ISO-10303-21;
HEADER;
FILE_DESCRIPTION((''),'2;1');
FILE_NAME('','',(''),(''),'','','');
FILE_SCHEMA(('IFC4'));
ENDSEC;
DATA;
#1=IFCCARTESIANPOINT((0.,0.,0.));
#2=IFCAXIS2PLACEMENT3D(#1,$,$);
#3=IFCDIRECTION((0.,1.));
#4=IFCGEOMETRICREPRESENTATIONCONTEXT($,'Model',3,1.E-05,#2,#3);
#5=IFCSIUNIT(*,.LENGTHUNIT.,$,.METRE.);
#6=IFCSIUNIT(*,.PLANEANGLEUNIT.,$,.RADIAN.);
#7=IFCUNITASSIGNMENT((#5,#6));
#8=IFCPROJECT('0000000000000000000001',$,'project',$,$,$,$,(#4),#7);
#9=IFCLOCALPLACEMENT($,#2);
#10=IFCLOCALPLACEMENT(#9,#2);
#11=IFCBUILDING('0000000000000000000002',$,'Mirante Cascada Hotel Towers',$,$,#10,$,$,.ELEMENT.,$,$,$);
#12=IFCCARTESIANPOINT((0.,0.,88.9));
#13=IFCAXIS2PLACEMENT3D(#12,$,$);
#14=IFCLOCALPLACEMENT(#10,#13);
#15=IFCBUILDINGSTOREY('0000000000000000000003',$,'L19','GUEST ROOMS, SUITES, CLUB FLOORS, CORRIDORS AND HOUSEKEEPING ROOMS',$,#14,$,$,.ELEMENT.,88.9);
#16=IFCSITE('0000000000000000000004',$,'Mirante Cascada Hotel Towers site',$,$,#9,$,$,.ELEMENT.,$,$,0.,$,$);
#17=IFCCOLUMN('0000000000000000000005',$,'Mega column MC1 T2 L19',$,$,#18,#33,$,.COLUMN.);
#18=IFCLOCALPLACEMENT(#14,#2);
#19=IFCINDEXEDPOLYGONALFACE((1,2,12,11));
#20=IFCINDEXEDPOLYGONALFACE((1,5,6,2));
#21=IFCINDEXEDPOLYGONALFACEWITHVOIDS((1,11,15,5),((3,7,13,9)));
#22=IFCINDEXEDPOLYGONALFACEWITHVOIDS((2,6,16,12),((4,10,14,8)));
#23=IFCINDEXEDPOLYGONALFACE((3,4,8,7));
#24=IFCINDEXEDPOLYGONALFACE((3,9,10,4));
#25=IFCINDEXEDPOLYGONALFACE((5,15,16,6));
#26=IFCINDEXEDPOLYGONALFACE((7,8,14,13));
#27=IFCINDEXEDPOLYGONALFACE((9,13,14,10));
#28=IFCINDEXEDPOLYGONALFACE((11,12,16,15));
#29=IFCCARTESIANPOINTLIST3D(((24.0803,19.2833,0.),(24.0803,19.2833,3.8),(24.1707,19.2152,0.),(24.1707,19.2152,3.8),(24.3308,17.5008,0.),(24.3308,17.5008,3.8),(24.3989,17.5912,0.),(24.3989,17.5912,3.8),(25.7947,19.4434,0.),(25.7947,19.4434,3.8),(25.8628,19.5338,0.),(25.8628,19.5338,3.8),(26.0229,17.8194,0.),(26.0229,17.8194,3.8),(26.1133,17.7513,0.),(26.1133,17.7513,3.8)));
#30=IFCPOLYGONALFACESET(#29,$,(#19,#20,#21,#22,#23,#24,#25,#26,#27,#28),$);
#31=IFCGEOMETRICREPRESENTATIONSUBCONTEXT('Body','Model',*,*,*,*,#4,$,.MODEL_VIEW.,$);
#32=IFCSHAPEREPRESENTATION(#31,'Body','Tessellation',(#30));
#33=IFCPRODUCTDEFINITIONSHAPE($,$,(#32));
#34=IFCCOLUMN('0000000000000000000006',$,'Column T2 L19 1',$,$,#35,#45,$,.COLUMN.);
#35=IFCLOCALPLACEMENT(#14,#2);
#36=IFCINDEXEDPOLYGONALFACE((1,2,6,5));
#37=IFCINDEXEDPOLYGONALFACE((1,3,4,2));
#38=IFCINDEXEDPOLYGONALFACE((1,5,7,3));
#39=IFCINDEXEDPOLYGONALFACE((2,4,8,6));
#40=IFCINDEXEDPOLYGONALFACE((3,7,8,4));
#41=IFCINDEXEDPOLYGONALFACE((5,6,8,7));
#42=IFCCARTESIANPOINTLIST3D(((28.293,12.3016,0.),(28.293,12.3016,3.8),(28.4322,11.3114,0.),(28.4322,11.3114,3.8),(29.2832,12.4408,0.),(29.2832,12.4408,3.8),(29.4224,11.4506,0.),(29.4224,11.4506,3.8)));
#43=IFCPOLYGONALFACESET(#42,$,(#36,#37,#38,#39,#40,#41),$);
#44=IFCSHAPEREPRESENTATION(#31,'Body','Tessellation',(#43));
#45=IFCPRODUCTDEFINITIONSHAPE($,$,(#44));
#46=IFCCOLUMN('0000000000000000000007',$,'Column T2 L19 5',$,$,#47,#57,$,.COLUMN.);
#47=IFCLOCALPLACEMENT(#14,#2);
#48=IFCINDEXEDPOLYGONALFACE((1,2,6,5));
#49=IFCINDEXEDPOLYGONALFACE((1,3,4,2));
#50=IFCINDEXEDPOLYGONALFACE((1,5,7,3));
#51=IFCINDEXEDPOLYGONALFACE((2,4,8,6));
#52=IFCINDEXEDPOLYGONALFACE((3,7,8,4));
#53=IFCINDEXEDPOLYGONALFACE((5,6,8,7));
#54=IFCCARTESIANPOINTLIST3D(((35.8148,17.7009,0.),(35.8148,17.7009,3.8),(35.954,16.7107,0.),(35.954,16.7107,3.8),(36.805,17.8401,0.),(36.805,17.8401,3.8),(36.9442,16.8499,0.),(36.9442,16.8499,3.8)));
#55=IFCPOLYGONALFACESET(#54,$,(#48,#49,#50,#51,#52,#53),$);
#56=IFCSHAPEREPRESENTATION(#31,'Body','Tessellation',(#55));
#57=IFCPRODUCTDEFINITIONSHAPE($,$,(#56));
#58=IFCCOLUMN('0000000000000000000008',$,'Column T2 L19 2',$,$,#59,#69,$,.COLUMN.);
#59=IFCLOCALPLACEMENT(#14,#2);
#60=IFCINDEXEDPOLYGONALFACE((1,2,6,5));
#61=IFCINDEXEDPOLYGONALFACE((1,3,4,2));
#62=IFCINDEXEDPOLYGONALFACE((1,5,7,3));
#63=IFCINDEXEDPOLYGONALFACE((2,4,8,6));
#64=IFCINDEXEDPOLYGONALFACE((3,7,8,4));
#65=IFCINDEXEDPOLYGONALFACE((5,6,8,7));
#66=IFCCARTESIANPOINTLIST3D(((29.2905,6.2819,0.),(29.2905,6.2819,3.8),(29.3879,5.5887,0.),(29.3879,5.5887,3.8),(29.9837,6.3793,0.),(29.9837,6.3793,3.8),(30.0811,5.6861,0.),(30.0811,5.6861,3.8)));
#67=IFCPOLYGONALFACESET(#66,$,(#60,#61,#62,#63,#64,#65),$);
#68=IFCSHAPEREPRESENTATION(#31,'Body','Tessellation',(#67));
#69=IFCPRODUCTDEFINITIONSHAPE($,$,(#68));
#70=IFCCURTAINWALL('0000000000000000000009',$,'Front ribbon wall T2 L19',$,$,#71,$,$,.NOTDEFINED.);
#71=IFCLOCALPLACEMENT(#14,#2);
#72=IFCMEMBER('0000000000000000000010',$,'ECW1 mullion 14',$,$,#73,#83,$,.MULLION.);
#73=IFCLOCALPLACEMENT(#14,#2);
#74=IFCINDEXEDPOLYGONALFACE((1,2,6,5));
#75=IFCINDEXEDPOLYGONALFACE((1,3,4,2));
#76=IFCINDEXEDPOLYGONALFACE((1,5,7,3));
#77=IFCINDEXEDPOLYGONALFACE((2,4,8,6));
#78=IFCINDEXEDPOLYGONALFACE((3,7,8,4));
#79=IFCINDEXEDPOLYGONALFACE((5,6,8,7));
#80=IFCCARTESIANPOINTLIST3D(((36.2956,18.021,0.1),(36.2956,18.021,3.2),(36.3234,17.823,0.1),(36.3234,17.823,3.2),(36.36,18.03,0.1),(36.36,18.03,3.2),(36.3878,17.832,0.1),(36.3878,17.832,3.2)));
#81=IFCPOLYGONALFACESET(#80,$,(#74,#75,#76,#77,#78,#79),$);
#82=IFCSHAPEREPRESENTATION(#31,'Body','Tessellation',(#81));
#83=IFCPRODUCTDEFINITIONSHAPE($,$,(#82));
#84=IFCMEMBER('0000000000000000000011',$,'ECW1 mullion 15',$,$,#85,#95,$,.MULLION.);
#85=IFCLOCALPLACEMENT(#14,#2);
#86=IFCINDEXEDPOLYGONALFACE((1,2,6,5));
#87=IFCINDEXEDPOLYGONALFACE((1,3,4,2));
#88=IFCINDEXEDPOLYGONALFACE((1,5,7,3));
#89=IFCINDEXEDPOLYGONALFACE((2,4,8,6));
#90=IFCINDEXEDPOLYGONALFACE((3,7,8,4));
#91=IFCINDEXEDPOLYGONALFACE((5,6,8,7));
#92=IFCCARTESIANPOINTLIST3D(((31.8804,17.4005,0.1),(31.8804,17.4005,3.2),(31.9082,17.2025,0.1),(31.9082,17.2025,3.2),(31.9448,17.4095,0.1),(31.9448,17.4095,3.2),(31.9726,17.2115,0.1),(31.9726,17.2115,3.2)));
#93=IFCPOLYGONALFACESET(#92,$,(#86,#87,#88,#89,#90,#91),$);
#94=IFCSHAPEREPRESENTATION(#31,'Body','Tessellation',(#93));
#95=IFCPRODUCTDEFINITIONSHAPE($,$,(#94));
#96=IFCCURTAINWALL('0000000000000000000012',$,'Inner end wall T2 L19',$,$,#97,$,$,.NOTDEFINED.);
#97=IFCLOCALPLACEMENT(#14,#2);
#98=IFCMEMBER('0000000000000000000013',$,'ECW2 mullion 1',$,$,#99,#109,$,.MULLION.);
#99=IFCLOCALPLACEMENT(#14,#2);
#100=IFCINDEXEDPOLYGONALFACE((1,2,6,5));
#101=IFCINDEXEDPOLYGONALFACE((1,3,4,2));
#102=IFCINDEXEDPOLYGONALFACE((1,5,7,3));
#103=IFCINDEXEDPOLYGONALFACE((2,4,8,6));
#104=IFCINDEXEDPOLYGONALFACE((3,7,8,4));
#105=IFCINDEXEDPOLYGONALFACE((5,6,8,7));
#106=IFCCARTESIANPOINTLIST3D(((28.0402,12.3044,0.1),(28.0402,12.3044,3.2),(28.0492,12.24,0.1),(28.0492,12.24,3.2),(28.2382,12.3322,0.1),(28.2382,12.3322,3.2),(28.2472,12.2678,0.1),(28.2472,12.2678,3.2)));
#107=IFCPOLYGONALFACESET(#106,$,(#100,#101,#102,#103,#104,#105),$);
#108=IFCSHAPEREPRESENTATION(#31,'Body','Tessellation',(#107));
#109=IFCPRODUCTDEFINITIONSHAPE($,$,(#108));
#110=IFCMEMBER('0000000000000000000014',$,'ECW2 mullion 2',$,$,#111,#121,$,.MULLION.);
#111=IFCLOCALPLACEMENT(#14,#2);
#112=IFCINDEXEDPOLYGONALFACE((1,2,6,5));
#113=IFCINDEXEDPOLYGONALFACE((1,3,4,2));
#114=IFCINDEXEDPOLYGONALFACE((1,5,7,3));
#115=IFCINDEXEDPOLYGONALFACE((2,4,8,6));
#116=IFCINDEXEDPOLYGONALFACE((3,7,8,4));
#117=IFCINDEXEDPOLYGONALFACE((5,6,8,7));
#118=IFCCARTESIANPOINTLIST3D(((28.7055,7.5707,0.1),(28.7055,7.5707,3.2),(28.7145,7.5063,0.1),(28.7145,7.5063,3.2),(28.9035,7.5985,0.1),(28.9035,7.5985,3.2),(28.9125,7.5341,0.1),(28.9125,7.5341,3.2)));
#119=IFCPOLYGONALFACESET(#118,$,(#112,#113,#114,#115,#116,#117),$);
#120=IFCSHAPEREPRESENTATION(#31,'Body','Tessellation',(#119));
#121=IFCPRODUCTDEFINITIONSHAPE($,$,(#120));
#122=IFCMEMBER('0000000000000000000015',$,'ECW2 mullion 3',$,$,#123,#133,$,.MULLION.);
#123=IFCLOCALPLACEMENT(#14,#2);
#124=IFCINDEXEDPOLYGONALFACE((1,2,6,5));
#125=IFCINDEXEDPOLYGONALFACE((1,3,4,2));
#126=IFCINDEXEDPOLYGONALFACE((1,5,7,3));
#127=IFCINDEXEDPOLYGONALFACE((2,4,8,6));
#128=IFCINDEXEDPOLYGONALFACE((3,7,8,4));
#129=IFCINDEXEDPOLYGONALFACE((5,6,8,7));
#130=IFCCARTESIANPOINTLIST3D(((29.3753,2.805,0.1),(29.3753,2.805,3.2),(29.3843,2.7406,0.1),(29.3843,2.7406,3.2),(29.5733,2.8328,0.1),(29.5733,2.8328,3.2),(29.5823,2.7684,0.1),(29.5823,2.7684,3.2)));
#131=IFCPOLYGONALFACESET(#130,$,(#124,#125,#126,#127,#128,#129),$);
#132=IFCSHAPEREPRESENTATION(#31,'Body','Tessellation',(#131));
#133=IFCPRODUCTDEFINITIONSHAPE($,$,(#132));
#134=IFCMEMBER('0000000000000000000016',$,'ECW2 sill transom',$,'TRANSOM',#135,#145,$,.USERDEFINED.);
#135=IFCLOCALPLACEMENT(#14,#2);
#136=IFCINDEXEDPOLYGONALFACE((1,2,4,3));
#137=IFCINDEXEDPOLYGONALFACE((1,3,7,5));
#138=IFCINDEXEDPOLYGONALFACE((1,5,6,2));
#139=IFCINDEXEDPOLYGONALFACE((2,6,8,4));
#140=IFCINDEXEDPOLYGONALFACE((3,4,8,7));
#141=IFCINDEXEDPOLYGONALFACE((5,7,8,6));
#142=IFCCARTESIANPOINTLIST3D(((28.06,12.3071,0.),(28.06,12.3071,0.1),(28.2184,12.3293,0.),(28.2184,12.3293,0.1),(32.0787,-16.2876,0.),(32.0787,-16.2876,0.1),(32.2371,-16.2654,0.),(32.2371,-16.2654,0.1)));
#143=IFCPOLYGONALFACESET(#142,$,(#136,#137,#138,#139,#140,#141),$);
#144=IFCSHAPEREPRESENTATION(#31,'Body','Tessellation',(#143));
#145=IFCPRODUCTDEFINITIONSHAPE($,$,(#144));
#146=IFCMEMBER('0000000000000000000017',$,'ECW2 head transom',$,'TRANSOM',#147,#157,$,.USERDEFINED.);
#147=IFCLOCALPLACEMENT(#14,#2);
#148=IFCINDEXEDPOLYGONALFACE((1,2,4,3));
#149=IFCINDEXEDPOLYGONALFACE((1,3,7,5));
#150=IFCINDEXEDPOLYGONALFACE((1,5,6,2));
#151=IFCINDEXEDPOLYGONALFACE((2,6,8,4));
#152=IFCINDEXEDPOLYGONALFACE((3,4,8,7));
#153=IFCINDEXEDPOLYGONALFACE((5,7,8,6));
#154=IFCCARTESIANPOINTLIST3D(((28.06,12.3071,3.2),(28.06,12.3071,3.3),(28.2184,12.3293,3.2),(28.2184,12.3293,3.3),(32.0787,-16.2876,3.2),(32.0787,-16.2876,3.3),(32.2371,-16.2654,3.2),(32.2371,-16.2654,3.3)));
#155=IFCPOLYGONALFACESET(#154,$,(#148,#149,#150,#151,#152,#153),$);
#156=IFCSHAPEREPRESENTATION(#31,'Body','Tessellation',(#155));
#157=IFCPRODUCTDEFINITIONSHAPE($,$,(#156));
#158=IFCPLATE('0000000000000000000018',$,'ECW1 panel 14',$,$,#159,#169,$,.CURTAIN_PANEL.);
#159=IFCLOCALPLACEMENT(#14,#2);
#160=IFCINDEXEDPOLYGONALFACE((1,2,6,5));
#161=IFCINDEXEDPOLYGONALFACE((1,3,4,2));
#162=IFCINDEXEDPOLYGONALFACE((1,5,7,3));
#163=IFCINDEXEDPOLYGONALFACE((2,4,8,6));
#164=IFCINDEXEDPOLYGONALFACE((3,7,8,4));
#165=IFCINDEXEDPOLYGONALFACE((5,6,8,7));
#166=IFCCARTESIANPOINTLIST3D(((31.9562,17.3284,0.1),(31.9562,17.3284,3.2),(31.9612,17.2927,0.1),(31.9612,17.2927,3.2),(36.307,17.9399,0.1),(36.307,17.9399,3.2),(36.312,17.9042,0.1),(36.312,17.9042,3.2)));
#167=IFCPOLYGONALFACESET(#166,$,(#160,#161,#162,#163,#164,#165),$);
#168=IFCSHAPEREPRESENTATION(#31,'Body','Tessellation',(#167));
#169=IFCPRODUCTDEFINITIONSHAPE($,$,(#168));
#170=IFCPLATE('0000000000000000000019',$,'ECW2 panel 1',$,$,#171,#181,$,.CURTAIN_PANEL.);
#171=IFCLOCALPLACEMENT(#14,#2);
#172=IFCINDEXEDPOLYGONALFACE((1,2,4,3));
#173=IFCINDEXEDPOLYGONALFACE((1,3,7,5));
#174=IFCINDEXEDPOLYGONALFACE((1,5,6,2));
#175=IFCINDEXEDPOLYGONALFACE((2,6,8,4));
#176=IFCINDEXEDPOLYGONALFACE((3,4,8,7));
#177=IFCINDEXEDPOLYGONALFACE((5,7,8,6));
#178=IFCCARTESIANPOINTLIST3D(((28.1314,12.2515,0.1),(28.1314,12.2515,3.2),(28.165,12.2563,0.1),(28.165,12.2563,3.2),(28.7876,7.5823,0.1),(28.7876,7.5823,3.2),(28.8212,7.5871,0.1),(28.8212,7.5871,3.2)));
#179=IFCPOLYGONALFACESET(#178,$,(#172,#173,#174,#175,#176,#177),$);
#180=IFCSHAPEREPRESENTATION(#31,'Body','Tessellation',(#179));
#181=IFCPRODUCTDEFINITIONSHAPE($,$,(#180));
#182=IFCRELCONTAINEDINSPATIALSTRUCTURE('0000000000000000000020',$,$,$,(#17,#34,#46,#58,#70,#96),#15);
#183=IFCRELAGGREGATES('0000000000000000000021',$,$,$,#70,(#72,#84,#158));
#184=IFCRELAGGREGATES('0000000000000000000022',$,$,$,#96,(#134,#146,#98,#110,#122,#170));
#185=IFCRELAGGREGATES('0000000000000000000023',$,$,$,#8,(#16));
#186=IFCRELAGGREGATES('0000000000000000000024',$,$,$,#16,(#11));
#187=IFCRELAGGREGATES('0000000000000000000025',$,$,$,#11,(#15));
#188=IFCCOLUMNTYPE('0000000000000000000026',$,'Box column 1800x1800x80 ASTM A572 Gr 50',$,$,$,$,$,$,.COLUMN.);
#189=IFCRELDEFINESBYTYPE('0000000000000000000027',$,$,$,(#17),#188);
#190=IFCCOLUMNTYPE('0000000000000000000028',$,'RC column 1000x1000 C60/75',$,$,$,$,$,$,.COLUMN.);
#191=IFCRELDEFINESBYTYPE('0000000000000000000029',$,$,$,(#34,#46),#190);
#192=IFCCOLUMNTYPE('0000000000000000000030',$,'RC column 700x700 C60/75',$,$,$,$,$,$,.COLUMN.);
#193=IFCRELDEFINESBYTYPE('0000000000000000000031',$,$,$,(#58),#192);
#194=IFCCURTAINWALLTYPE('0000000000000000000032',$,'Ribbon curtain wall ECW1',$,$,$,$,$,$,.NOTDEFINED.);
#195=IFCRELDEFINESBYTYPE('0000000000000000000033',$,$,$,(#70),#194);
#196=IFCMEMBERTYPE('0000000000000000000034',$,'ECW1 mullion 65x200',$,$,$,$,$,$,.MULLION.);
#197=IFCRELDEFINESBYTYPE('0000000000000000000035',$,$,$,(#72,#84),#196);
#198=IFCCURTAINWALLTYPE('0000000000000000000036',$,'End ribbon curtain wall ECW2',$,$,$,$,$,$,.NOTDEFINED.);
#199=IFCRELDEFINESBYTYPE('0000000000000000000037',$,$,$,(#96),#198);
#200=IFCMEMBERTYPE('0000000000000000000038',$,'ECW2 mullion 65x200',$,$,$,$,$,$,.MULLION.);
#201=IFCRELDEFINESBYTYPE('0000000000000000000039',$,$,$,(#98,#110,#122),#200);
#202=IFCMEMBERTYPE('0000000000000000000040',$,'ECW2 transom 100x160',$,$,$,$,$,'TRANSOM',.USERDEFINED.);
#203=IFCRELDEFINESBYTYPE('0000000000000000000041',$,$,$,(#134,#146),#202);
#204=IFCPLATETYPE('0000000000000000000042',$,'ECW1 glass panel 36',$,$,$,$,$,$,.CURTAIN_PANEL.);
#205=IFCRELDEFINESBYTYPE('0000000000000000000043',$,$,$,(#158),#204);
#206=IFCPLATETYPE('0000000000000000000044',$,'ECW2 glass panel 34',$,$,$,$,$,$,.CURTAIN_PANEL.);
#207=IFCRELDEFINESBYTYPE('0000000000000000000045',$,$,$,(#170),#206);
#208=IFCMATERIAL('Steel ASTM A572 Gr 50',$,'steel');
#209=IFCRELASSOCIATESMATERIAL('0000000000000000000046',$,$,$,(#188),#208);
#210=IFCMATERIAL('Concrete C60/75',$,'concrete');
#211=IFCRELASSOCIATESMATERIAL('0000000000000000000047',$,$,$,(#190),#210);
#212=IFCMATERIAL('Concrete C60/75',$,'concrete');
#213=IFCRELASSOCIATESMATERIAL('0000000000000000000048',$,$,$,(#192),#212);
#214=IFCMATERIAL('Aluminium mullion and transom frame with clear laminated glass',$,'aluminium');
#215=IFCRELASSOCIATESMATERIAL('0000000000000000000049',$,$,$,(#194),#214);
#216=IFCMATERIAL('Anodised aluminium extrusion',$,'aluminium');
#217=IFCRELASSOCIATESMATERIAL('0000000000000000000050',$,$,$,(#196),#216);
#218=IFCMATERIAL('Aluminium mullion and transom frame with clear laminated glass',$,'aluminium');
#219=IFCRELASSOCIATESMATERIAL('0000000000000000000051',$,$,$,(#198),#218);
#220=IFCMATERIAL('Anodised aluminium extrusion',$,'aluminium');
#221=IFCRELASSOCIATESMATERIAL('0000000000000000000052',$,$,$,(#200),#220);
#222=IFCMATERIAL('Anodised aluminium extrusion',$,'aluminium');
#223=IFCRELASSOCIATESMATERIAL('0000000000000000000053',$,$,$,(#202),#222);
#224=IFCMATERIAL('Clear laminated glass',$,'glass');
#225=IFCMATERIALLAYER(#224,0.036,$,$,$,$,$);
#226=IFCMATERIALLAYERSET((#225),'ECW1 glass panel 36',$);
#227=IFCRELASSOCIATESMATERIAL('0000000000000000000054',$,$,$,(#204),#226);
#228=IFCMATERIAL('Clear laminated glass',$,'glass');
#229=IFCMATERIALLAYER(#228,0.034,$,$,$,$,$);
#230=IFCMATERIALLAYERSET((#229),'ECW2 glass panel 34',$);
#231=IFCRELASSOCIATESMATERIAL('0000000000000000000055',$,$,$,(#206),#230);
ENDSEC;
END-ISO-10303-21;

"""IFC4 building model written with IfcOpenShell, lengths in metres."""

from ifc_helpers import new_model, si_unit, direction, frame, origin, origin_2d, place, context, subcontext, project, spatial, rectangle, hollow_rectangle, extrude, material, layer, layer_set, material_profile, profile_set, type_object, element, aggregate, save


model = new_model("IFC4")

# Units and contexts
model_context = context("Model", 3, precision=1e-05, world=origin(), true_north=direction((0.0, 1.0)))
body_context = subcontext(model_context, "Body", "Model", "MODEL_VIEW")
ifc_project = project(units=[si_unit("LENGTHUNIT", "METRE"), si_unit("PLANEANGLEUNIT", "RADIAN")], contexts=[model_context])

# Site, building, storey
site_placement = place(None, origin())
site = spatial("IfcSite", under=ifc_project, at=site_placement, Name="Mirante Cascada Hotel Towers site", CompositionType="ELEMENT", RefElevation=0.0)
building_placement = place(site_placement, origin())
building = spatial("IfcBuilding", under=site, at=building_placement, Name="Mirante Cascada Hotel Towers", CompositionType="ELEMENT")
storey_placement = place(building_placement, frame((0.0, 0.0, 88.9)))
storey = spatial("IfcBuildingStorey", under=building, at=storey_placement, Name="L19", Description="GUEST ROOMS, SUITES, CLUB FLOORS, CORRIDORS AND HOUSEKEEPING ROOMS", CompositionType="ELEMENT", Elevation=88.9)

# Columns
ifc_material_1 = material(Name="Steel ASTM A572 Gr 50", Category="steel")
ifc_material_profile_1 = material_profile(ifc_material_1, hollow_rectangle(XDim=1.8, YDim=1.8, WallThickness=0.08, at=origin_2d()), Name="Box column 1800x1800x80 ASTM A572 Gr 50")
ifc_profile_set_1 = profile_set([ifc_material_profile_1], Name="Steel ASTM A572 Gr 50")
column_type_1 = type_object("IfcColumnType", Name="Box column 1800x1800x80 ASTM A572 Gr 50", PredefinedType="COLUMN", material=ifc_profile_set_1)
column_1_placement = place(storey_placement, frame((25.0968, 18.5173, 0.0), z_axis=(0.0, 0.0, 1.0), x_axis=(0.990268, 0.139173, 0.0)))
element("IfcColumn", 1, at=column_1_placement, inside=storey, type_object=column_type_1, Name="Mega column MC1 T2 L19", PredefinedType="COLUMN", context=body_context, shape_type="SweptSolid", body=[
    extrude(hollow_rectangle(XDim=1.8, YDim=1.8, WallThickness=0.08, at=origin_2d()), origin(), (0.0, 0.0, 1.0), 3.8),
])
ifc_material_2 = material(Name="Concrete C60/75", Category="concrete")
ifc_material_profile_2 = material_profile(ifc_material_2, rectangle(XDim=1.0, YDim=1.0, at=origin_2d()), Name="RC column 1000x1000 C60/75")
ifc_profile_set_2 = profile_set([ifc_material_profile_2], Name="Concrete C60/75")
column_type_2 = type_object("IfcColumnType", Name="RC column 1000x1000 C60/75", PredefinedType="COLUMN", material=ifc_profile_set_2)
for number, where, z_axis, x_axis, name in (
    (2, (28.8577, 11.8761, 0.0), (0.0, 0.0, 1.0), (0.990268, 0.139173, 0.0), "Column T2 L19 1"),
    (3, (36.3795, 17.2754, 0.0), (0.0, 0.0, 1.0), (0.990268, 0.139173, 0.0), "Column T2 L19 5"),
):
    element("IfcColumn", number, at=place(storey_placement, frame(where, z_axis=z_axis, x_axis=x_axis)), inside=storey, type_object=column_type_2, Name=name, PredefinedType="COLUMN", context=body_context, shape_type="SweptSolid", body=[
        extrude(rectangle(XDim=1.0, YDim=1.0, at=origin_2d()), origin(), (0.0, 0.0, 1.0), 3.8),
    ])
ifc_material_3 = material(Name="Concrete C60/75", Category="concrete")
ifc_material_profile_3 = material_profile(ifc_material_3, rectangle(XDim=0.7, YDim=0.7, at=origin_2d()), Name="RC column 700x700 C60/75")
ifc_profile_set_3 = profile_set([ifc_material_profile_3], Name="Concrete C60/75")
column_type_3 = type_object("IfcColumnType", Name="RC column 700x700 C60/75", PredefinedType="COLUMN", material=ifc_profile_set_3)
column_2_placement = place(storey_placement, frame((29.6858, 5.984, 0.0), z_axis=(0.0, 0.0, 1.0), x_axis=(0.990268, 0.139173, 0.0)))
element("IfcColumn", 4, at=column_2_placement, inside=storey, type_object=column_type_3, Name="Column T2 L19 2", PredefinedType="COLUMN", context=body_context, shape_type="SweptSolid", body=[
    extrude(rectangle(XDim=0.7, YDim=0.7, at=origin_2d()), origin(), (0.0, 0.0, 1.0), 3.8),
])

# Curtain walls, members
ifc_material_4 = material(Name="Aluminium mullion and transom frame with clear laminated glass", Category="aluminium")
curtain_wall_type_1 = type_object("IfcCurtainWallType", Name="Ribbon curtain wall ECW1", PredefinedType="NOTDEFINED", material=ifc_material_4)
curtain_wall_1_placement = place(storey_placement, origin())
curtain_wall_1 = element("IfcCurtainWall", 5, at=curtain_wall_1_placement, inside=storey, type_object=curtain_wall_type_1, Name="Front ribbon wall T2 L19", PredefinedType="NOTDEFINED")
ifc_material_5 = material(Name="Anodised aluminium extrusion", Category="aluminium")
ifc_material_profile_4 = material_profile(ifc_material_5, rectangle(XDim=0.2, YDim=0.065, at=origin_2d()), Name="ECW1 MULLION 65x200")
ifc_profile_set_4 = profile_set([ifc_material_profile_4], Name="Anodised aluminium extrusion")
member_type_1 = type_object("IfcMemberType", Name="ECW1 mullion 65x200", PredefinedType="MULLION", material=ifc_profile_set_4)
member_1_placement = place(storey_placement, frame((36.3417, 17.9265, 0.1), z_axis=(0.0, 0.0, 1.0), x_axis=(0.139173, -0.990268, 0.0)))
member_1 = element("IfcMember", 6, at=member_1_placement, type_object=member_type_1, Name="ECW1 mullion 14", PredefinedType="MULLION", context=body_context, shape_type="SweptSolid", body=[
    extrude(rectangle(XDim=0.2, YDim=0.065, at=origin_2d()), origin(), (0.0, 0.0, 1.0), 3.1),
])
member_2_placement = place(storey_placement, frame((31.9265, 17.306, 0.1), z_axis=(0.0, 0.0, 1.0), x_axis=(0.139173, -0.990268, 0.0)))
member_2 = element("IfcMember", 7, at=member_2_placement, type_object=member_type_1, Name="ECW1 mullion 15", PredefinedType="MULLION", context=body_context, shape_type="SweptSolid", body=[
    extrude(rectangle(XDim=0.2, YDim=0.065, at=origin_2d()), origin(), (0.0, 0.0, 1.0), 3.1),
])
ifc_material_6 = material(Name="Aluminium mullion and transom frame with clear laminated glass", Category="aluminium")
curtain_wall_type_2 = type_object("IfcCurtainWallType", Name="End ribbon curtain wall ECW2", PredefinedType="NOTDEFINED", material=ifc_material_6)
curtain_wall_2_placement = place(storey_placement, origin())
curtain_wall_2 = element("IfcCurtainWall", 8, at=curtain_wall_2_placement, inside=storey, type_object=curtain_wall_type_2, Name="Inner end wall T2 L19", PredefinedType="NOTDEFINED")
ifc_material_7 = material(Name="Anodised aluminium extrusion", Category="aluminium")
ifc_material_profile_5 = material_profile(ifc_material_7, rectangle(XDim=0.2, YDim=0.065, at=origin_2d()), Name="ECW2 MULLION 65x200")
ifc_profile_set_5 = profile_set([ifc_material_profile_5], Name="Anodised aluminium extrusion")
member_type_2 = type_object("IfcMemberType", Name="ECW2 mullion 65x200", PredefinedType="MULLION", material=ifc_profile_set_5)
member_3_placement = place(storey_placement, frame((28.1437, 12.2861, 0.1), z_axis=(0.0, 0.0, 1.0), x_axis=(0.990268, 0.139173, 0.0)))
member_3 = element("IfcMember", 9, at=member_3_placement, type_object=member_type_2, Name="ECW2 mullion 1", PredefinedType="MULLION", context=body_context, shape_type="SweptSolid", body=[
    extrude(rectangle(XDim=0.2, YDim=0.065, at=origin_2d()), origin(), (0.0, 0.0, 1.0), 3.1),
])
member_4_placement = place(storey_placement, frame((28.809, 7.5524, 0.1), z_axis=(0.0, 0.0, 1.0), x_axis=(0.990268, 0.139173, 0.0)))
member_4 = element("IfcMember", 10, at=member_4_placement, type_object=member_type_2, Name="ECW2 mullion 2", PredefinedType="MULLION", context=body_context, shape_type="SweptSolid", body=[
    extrude(rectangle(XDim=0.2, YDim=0.065, at=origin_2d()), origin(), (0.0, 0.0, 1.0), 3.1),
])
member_5_placement = place(storey_placement, frame((29.4788, 2.7867, 0.1), z_axis=(0.0, 0.0, 1.0), x_axis=(0.990268, 0.139173, 0.0)))
member_5 = element("IfcMember", 11, at=member_5_placement, type_object=member_type_2, Name="ECW2 mullion 3", PredefinedType="MULLION", context=body_context, shape_type="SweptSolid", body=[
    extrude(rectangle(XDim=0.2, YDim=0.065, at=origin_2d()), origin(), (0.0, 0.0, 1.0), 3.1),
])
ifc_material_8 = material(Name="Anodised aluminium extrusion", Category="aluminium")
ifc_material_profile_6 = material_profile(ifc_material_8, rectangle(XDim=0.16, YDim=0.1, at=origin_2d()), Name="ECW2 TRANSOM 100x160")
ifc_profile_set_6 = profile_set([ifc_material_profile_6], Name="Anodised aluminium extrusion")
member_type_3 = type_object("IfcMemberType", Name="ECW2 transom 100x160", ElementType="TRANSOM", PredefinedType="USERDEFINED", material=ifc_profile_set_6)
member_6_placement = place(storey_placement, frame((28.1392, 12.3182, 0.05), z_axis=(0.139172, -0.990268, 0.0), x_axis=(0.990268, 0.139172, 0.0)))
member_6 = element("IfcMember", 12, at=member_6_placement, type_object=member_type_3, Name="ECW2 sill transom", ObjectType="TRANSOM", PredefinedType="USERDEFINED", context=body_context, shape_type="SweptSolid", body=[
    extrude(rectangle(XDim=0.16, YDim=0.1, at=origin_2d()), origin(), (0.0, 0.0, 1.0), 28.8757),
])
member_7_placement = place(storey_placement, frame((28.1392, 12.3182, 3.25), z_axis=(0.139172, -0.990268, 0.0), x_axis=(0.990268, 0.139172, 0.0)))
member_7 = element("IfcMember", 13, at=member_7_placement, type_object=member_type_3, Name="ECW2 head transom", ObjectType="TRANSOM", PredefinedType="USERDEFINED", context=body_context, shape_type="SweptSolid", body=[
    extrude(rectangle(XDim=0.16, YDim=0.1, at=origin_2d()), origin(), (0.0, 0.0, 1.0), 28.8757),
])

# Plates
ifc_material_9 = material(Name="Clear laminated glass", Category="glass")
ifc_layer_1 = layer(ifc_material_9, 0.036)
ifc_layer_set_1 = layer_set([ifc_layer_1], Name="ECW1 glass panel 36")
plate_type_1 = type_object("IfcPlateType", Name="ECW1 glass panel 36", PredefinedType="CURTAIN_PANEL", material=ifc_layer_set_1)
plate_1_placement = place(storey_placement, frame((34.1341, 17.6163, 0.1), z_axis=(0.0, 0.0, 1.0), x_axis=(-0.990268, -0.139173, 0.0)))
plate_1 = element("IfcPlate", 14, at=plate_1_placement, type_object=plate_type_1, Name="ECW1 panel 14", PredefinedType="CURTAIN_PANEL", context=body_context, shape_type="SweptSolid", body=[
    extrude(rectangle(XDim=4.3936, YDim=0.036, at=origin_2d()), origin(), (0.0, 0.0, 1.0), 3.1),
])
aggregate(curtain_wall_1, [member_1, member_2, plate_1])
ifc_material_10 = material(Name="Clear laminated glass", Category="glass")
ifc_layer_2 = layer(ifc_material_10, 0.034)
ifc_layer_set_2 = layer_set([ifc_layer_2], Name="ECW2 glass panel 34")
plate_type_2 = type_object("IfcPlateType", Name="ECW2 glass panel 34", PredefinedType="CURTAIN_PANEL", material=ifc_layer_set_2)
plate_2_placement = place(storey_placement, frame((28.4763, 9.9193, 0.1), z_axis=(0.0, 0.0, 1.0), x_axis=(0.139173, -0.990268, 0.0)))
plate_2 = element("IfcPlate", 15, at=plate_2_placement, type_object=plate_type_2, Name="ECW2 panel 1", PredefinedType="CURTAIN_PANEL", context=body_context, shape_type="SweptSolid", body=[
    extrude(rectangle(XDim=4.7151, YDim=0.034, at=origin_2d()), origin(), (0.0, 0.0, 1.0), 3.1),
])
aggregate(curtain_wall_2, [member_6, member_7, member_3, member_4, member_5, plate_2])

save(model, "model.ifc")
